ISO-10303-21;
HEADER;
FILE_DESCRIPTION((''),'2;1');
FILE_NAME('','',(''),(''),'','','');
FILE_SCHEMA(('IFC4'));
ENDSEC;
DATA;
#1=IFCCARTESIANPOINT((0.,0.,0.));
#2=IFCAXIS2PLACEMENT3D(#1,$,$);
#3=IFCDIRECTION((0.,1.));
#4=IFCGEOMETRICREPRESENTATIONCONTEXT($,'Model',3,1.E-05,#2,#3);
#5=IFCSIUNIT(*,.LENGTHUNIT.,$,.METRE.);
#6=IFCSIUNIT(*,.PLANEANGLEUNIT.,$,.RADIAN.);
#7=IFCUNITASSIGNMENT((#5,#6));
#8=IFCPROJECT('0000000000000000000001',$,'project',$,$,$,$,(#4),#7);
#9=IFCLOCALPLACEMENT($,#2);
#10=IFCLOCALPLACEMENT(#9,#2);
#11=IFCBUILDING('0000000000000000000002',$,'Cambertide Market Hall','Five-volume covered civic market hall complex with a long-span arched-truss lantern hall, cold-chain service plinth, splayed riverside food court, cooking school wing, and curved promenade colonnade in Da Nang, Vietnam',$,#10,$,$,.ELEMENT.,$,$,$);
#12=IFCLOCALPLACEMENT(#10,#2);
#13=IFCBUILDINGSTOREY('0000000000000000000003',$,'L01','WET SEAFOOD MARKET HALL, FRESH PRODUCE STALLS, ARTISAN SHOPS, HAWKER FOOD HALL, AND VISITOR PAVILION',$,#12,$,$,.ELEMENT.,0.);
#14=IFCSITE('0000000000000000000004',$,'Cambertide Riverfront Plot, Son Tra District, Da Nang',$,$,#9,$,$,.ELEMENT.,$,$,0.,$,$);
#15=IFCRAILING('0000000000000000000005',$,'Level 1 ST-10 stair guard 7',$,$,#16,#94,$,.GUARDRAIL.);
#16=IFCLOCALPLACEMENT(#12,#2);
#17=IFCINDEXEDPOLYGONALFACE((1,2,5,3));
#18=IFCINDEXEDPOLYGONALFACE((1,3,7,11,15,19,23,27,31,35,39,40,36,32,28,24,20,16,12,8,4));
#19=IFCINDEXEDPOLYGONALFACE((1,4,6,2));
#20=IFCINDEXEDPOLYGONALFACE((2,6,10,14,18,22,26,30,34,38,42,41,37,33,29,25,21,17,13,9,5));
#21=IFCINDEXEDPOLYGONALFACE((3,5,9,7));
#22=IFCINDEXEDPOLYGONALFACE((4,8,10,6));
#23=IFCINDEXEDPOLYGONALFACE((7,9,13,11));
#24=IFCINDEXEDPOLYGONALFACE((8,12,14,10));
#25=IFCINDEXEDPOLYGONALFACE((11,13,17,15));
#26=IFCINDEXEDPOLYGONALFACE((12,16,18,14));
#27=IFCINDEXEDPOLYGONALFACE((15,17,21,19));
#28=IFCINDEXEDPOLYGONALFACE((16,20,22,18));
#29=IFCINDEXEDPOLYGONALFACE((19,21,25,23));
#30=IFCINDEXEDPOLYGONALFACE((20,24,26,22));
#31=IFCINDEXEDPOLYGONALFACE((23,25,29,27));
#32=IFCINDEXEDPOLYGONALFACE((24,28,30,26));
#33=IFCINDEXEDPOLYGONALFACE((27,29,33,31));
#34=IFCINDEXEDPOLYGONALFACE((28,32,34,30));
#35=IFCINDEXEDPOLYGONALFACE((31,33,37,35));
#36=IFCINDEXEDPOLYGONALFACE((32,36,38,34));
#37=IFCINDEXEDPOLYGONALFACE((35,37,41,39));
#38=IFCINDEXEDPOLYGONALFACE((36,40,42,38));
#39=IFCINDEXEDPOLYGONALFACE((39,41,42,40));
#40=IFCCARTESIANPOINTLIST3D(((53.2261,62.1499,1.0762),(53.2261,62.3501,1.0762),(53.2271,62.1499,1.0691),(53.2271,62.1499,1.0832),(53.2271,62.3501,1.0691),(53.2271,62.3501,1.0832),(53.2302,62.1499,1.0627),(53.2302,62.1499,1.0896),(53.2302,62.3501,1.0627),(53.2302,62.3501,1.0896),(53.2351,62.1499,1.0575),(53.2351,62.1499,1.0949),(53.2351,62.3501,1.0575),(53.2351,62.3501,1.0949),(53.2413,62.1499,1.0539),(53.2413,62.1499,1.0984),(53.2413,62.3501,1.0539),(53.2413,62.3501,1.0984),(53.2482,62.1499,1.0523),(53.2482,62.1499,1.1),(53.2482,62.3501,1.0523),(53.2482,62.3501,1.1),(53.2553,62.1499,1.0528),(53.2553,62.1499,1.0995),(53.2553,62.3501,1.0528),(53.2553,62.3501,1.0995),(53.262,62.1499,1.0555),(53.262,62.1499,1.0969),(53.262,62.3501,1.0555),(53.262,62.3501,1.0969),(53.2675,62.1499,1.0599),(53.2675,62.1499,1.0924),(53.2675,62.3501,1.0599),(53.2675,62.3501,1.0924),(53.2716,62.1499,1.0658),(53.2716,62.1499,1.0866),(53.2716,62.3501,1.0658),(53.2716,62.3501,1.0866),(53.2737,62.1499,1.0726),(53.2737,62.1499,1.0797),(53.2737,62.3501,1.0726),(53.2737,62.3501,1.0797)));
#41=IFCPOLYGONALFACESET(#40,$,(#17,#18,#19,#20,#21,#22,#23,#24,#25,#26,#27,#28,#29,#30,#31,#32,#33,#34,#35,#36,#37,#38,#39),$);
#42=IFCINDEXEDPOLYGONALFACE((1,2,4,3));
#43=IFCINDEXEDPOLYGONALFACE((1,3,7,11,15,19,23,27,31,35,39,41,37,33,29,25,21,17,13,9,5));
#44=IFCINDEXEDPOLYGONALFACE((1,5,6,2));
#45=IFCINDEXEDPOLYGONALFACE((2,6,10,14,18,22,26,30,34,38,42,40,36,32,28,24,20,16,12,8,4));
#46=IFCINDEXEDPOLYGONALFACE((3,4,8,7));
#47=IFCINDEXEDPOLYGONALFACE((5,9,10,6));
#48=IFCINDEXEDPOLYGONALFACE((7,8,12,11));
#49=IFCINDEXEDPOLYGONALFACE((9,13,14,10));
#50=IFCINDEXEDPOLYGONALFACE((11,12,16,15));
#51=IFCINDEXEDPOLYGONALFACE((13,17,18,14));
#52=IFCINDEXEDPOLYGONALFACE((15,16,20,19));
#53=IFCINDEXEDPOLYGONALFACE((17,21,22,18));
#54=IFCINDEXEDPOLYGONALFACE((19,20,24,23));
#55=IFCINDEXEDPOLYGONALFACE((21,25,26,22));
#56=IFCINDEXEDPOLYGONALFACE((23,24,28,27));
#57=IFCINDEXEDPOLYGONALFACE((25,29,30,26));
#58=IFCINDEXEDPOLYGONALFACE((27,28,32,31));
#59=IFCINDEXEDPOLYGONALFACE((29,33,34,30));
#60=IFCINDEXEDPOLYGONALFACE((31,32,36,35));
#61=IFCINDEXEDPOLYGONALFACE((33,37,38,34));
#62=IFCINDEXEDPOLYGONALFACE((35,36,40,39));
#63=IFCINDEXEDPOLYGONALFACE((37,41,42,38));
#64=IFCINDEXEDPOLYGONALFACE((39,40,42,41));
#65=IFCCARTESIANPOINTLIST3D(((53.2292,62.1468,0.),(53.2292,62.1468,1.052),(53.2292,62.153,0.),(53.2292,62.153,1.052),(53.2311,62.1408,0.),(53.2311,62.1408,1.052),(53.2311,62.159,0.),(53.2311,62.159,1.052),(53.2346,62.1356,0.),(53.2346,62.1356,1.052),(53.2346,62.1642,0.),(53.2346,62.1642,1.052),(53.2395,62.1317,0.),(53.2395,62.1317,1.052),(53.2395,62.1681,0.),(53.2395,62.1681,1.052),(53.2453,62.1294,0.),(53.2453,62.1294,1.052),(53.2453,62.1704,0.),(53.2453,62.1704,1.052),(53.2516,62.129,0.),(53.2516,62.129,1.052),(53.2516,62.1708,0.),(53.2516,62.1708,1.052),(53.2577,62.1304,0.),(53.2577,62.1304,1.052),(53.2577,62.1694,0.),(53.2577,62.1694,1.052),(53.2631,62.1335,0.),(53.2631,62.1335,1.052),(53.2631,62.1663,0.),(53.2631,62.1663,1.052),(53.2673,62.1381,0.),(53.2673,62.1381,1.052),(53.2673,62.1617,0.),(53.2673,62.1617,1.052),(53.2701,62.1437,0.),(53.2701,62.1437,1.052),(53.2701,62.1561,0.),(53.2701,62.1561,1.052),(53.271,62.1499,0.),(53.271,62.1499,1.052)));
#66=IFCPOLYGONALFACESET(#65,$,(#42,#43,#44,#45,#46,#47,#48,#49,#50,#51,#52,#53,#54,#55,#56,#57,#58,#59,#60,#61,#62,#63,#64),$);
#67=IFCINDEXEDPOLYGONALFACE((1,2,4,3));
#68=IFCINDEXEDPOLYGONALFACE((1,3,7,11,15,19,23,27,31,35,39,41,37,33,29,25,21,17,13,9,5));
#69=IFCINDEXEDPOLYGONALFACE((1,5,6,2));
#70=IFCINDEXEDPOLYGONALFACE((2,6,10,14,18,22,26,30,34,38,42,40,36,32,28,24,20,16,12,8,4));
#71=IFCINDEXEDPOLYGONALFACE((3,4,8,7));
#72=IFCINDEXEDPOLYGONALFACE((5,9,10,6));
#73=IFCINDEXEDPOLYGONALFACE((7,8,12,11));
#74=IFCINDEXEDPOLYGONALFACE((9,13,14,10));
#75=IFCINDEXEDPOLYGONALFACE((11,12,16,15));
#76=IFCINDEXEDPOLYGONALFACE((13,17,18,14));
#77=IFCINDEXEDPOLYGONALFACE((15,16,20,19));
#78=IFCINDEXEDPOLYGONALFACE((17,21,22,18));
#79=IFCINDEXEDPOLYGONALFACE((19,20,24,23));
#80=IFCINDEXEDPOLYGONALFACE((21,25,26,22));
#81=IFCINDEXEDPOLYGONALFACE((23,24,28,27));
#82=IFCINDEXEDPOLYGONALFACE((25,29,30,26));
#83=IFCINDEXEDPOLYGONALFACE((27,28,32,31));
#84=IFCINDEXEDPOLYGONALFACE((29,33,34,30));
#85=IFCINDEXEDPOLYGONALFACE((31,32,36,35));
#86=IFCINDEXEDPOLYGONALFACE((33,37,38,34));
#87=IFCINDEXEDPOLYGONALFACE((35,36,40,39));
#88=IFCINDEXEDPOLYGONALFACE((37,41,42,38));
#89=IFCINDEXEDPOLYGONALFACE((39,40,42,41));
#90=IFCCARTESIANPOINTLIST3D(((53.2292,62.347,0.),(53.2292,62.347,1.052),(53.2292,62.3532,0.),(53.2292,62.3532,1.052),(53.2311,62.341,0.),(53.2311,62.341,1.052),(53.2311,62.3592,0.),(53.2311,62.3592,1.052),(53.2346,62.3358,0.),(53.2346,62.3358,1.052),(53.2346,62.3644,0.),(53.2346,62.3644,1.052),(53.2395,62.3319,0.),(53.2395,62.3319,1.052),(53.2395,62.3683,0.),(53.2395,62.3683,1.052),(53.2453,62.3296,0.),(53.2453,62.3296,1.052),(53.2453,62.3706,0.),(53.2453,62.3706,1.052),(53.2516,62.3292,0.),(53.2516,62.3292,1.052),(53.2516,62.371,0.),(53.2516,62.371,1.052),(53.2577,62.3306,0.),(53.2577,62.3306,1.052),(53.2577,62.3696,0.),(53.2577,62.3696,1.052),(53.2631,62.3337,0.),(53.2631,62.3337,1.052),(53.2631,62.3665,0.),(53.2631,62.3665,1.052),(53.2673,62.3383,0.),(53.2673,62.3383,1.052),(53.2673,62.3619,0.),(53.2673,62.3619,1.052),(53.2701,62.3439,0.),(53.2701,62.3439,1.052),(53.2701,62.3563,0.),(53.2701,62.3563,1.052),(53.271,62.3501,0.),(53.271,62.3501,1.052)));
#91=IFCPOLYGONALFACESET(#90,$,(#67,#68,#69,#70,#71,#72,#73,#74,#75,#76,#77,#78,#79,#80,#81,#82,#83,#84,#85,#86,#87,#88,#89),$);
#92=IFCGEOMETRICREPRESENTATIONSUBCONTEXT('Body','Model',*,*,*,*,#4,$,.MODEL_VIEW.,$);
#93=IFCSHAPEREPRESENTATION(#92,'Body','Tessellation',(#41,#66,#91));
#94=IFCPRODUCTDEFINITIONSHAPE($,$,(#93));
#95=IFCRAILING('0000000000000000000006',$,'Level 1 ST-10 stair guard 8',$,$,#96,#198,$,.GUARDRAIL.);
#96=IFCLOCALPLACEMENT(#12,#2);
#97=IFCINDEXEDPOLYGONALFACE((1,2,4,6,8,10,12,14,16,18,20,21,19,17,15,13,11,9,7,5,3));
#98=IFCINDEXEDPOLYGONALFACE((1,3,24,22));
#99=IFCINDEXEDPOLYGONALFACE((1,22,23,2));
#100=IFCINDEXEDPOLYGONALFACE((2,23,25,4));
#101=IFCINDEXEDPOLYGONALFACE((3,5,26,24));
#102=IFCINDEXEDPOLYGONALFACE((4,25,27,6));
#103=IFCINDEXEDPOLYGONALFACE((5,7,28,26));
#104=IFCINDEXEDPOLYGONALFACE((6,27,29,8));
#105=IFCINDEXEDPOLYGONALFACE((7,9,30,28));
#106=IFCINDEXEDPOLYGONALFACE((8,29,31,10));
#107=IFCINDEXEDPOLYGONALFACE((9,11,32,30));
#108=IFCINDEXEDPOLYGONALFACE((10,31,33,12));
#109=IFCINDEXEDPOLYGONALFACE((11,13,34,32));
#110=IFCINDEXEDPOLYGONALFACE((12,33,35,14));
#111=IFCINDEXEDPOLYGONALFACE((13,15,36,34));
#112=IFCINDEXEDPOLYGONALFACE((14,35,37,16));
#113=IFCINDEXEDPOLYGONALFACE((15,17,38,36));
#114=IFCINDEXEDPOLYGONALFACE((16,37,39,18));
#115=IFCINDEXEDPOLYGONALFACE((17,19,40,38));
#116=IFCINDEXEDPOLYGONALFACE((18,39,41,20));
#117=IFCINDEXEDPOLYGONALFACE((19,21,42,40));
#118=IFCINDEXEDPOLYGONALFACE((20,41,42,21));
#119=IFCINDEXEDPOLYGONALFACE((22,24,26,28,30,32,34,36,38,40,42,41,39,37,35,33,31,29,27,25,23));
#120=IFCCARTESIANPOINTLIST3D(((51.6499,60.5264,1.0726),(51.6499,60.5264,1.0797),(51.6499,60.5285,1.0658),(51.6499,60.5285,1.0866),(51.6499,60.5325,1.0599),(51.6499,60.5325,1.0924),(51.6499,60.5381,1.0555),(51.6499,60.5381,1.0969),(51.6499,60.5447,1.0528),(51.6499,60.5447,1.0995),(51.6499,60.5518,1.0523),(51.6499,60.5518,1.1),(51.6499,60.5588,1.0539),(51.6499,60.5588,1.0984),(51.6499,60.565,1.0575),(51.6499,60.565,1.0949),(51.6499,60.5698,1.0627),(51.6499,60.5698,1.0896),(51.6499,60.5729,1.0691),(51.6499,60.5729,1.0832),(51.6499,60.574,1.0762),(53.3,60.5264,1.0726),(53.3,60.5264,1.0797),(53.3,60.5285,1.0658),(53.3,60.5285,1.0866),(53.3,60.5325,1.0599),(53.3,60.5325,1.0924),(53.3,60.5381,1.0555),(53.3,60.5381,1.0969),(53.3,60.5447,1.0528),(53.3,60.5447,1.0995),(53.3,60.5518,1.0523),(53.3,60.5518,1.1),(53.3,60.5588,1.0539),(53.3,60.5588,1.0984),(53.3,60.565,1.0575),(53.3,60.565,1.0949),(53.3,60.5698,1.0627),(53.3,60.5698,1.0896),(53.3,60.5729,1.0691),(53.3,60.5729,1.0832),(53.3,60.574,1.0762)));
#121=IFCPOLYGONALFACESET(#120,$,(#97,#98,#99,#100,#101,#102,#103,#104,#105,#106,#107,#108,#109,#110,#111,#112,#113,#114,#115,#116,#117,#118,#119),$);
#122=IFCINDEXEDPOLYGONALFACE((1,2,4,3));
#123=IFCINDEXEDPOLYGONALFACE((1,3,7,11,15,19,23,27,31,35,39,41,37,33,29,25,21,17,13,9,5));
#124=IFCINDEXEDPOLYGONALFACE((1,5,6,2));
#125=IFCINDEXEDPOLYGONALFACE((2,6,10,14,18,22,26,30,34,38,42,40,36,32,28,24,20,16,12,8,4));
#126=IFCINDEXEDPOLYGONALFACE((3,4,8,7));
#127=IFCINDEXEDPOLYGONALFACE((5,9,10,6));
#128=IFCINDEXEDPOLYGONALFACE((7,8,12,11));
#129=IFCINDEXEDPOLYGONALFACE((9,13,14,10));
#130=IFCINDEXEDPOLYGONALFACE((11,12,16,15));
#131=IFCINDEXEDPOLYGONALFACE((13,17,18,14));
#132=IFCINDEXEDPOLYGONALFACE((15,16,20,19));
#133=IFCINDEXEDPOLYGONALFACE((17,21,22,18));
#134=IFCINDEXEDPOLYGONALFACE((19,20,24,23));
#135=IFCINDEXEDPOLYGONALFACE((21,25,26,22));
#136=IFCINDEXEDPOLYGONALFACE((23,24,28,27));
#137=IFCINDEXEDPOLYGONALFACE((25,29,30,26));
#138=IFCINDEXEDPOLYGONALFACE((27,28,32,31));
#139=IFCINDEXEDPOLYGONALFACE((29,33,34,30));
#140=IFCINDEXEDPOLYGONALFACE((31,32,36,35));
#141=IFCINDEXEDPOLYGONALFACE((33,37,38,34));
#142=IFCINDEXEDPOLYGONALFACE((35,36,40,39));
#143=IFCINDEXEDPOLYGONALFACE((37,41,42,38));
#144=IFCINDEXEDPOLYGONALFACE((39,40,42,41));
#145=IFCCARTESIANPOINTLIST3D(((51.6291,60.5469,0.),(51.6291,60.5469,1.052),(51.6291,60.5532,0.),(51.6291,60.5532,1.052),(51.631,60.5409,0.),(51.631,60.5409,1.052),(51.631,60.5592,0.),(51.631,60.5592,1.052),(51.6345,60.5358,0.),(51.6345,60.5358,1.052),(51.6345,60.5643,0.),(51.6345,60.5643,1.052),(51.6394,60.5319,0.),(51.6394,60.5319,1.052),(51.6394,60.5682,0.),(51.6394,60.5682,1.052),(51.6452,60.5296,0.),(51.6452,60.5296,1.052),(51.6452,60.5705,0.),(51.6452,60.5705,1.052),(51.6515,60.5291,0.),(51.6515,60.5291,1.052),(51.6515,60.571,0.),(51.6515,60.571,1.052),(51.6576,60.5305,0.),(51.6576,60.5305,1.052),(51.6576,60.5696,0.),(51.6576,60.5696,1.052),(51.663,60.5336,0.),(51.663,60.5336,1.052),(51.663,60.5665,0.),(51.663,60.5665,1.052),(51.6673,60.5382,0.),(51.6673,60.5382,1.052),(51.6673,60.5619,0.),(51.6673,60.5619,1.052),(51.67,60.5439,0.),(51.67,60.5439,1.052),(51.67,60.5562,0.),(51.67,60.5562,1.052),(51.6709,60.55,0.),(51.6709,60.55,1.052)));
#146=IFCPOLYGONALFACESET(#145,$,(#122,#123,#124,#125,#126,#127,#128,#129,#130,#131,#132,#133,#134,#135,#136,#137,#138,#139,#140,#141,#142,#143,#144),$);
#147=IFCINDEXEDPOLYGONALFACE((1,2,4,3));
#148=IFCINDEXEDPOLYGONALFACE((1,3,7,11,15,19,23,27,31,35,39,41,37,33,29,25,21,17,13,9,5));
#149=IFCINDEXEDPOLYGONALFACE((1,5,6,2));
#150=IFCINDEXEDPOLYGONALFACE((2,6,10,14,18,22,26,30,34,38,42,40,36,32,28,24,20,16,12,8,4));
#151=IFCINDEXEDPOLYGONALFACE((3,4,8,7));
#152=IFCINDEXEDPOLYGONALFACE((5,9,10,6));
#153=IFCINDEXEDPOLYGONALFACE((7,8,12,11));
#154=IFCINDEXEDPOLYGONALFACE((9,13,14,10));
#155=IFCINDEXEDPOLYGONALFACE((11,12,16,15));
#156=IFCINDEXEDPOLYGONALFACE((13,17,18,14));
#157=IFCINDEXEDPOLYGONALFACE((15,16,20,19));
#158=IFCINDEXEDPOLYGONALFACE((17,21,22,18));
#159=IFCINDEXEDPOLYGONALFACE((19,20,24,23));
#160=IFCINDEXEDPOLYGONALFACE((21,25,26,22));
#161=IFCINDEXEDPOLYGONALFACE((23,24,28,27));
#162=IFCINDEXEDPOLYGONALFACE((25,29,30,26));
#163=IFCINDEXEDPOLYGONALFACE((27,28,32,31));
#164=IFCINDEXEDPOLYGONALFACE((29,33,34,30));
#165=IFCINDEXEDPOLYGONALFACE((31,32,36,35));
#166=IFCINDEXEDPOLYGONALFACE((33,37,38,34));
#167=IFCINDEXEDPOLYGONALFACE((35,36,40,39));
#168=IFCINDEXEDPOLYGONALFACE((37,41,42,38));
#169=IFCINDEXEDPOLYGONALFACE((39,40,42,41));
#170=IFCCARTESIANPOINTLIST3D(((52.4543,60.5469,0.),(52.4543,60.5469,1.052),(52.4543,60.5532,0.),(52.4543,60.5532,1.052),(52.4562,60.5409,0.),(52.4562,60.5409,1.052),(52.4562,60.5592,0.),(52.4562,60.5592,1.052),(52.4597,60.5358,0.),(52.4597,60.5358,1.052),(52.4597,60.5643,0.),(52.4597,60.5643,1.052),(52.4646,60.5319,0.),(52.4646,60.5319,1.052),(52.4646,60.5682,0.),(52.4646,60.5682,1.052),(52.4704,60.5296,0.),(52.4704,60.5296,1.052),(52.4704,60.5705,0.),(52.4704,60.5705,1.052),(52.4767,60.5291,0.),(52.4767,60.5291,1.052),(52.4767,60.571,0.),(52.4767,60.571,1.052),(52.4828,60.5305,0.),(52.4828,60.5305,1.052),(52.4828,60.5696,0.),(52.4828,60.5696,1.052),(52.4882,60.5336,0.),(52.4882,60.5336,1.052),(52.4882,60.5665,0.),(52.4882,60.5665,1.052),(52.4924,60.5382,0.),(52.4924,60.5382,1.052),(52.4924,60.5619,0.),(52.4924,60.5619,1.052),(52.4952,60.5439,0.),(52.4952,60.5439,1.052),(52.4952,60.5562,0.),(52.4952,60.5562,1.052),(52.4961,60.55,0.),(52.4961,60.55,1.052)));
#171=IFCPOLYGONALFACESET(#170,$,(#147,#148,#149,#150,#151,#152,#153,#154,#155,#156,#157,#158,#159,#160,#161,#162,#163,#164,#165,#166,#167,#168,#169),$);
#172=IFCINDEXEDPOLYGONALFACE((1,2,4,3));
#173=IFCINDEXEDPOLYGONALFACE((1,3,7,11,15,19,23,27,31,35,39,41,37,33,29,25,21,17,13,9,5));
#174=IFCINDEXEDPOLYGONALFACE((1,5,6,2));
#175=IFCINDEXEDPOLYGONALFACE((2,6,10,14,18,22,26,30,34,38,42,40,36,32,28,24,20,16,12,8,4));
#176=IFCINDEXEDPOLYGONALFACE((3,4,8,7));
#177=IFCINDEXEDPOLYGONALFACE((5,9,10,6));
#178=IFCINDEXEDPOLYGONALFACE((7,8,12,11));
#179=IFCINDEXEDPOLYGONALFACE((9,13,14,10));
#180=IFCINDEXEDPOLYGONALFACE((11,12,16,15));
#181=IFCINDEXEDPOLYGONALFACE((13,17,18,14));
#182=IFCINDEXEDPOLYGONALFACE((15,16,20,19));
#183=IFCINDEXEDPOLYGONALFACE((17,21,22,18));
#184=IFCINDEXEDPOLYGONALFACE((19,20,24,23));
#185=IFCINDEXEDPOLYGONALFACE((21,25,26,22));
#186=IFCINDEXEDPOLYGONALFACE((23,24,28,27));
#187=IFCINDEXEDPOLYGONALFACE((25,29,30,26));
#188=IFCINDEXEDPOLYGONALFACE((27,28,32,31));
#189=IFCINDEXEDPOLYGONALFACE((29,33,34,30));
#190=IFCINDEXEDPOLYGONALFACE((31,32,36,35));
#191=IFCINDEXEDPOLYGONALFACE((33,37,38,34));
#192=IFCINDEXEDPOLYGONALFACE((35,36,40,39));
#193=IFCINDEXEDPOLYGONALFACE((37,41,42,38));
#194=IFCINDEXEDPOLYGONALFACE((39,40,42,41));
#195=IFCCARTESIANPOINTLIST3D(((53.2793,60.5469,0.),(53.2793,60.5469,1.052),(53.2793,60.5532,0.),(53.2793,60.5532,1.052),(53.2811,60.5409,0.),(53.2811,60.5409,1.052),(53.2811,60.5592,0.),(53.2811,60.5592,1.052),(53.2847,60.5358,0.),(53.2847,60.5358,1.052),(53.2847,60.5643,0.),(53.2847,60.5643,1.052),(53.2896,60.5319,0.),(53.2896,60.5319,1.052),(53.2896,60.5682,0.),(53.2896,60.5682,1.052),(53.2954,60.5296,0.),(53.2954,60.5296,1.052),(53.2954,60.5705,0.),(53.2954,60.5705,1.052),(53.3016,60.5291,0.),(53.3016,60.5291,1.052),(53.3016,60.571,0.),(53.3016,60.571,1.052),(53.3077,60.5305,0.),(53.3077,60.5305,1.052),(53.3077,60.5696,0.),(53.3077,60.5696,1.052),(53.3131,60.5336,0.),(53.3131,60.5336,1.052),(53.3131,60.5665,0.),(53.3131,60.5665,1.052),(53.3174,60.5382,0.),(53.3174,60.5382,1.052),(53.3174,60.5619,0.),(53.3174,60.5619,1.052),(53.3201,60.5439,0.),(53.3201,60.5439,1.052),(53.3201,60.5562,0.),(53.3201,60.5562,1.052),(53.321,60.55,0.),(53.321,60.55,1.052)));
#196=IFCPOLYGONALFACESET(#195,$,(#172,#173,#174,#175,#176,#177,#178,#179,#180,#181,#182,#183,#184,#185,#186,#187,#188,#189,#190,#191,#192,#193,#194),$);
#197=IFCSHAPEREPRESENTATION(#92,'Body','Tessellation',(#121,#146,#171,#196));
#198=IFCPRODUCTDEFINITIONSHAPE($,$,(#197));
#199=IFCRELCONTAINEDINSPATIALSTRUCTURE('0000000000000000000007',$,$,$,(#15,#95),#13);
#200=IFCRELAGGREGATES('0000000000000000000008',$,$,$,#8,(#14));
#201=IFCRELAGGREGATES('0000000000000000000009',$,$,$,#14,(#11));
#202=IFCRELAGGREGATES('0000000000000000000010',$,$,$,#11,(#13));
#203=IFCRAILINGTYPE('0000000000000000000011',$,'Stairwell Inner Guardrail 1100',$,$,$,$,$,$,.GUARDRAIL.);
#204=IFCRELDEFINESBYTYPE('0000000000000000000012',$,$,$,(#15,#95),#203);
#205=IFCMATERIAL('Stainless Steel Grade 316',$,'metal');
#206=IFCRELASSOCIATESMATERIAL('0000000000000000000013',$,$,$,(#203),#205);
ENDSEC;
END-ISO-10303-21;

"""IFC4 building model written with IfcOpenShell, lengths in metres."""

from ifc_helpers import new_model, si_unit, direction, frame, origin, origin_2d, place, context, subcontext, project, spatial, circle, extrude, material, type_object, element, save


model = new_model("IFC4")

# Units and contexts
model_context = context("Model", 3, precision=1e-05, world=origin(), true_north=direction((0.0, 1.0)))
body_context = subcontext(model_context, "Body", "Model", "MODEL_VIEW")
ifc_project = project(units=[si_unit("LENGTHUNIT", "METRE"), si_unit("PLANEANGLEUNIT", "RADIAN")], contexts=[model_context])

# Site, building, storey
site_placement = place(None, origin())
site = spatial("IfcSite", under=ifc_project, at=site_placement, Name="Cambertide Riverfront Plot, Son Tra District, Da Nang", CompositionType="ELEMENT", RefElevation=0.0)
building_placement = place(site_placement, origin())
building = spatial("IfcBuilding", under=site, at=building_placement, Name="Cambertide Market Hall", Description="Five-volume covered civic market hall complex with a long-span arched-truss lantern hall, cold-chain service plinth, splayed riverside food court, cooking school wing, and curved promenade colonnade in Da Nang, Vietnam", CompositionType="ELEMENT")
storey_placement = place(building_placement, origin())
storey = spatial("IfcBuildingStorey", under=building, at=storey_placement, Name="L01", Description="WET SEAFOOD MARKET HALL, FRESH PRODUCE STALLS, ARTISAN SHOPS, HAWKER FOOD HALL, AND VISITOR PAVILION", CompositionType="ELEMENT", Elevation=0.0)

# Railings
ifc_material_1 = material(Name="Stainless Steel Grade 316", Category="metal")
railing_type_1 = type_object("IfcRailingType", Name="Stairwell Inner Guardrail 1100", PredefinedType="GUARDRAIL", material=ifc_material_1)
railing_1_placement = place(storey_placement, frame((53.25, 62.1499, 0.0)))
element("IfcRailing", 1, at=railing_1_placement, inside=storey, type_object=railing_type_1, Name="Level 1 ST-10 stair guard 7", PredefinedType="GUARDRAIL", context=body_context, shape_type="SweptSolid", body=[
    extrude(circle(Radius=0.0239, at=origin_2d()), frame((0.0, 0.0, 1.0762), z_axis=(0.0, 1.0, 0.0), x_axis=(-1.0, 0.0, 0.0)), (0.0, 0.0, 1.0), 0.2002),
    extrude(circle(Radius=0.021, at=origin_2d()), origin(), (0.0, 0.0, 1.0), 1.052),
    extrude(circle(Radius=0.021, at=origin_2d()), frame((0.0, 0.2002, 0.0)), (0.0, 0.0, 1.0), 1.052),
])
for number, where, name in (
    (2, (51.6499, 60.55, 0.0), "Level 1 ST-10 stair guard 8"),
):
    element("IfcRailing", number, at=place(storey_placement, frame(where)), inside=storey, type_object=railing_type_1, Name=name, PredefinedType="GUARDRAIL", context=body_context, shape_type="SweptSolid", body=[
        extrude(circle(Radius=0.0239, at=origin_2d()), frame((0.0, 0.0, 1.0762), z_axis=(1.0, 0.0, 0.0), x_axis=(0.0, 1.0, 0.0)), (0.0, 0.0, 1.0), 1.6501),
        extrude(circle(Radius=0.021, at=origin_2d()), origin(), (0.0, 0.0, 1.0), 1.052),
        extrude(circle(Radius=0.021, at=origin_2d()), frame((0.8252, 0.0, 0.0)), (0.0, 0.0, 1.0), 1.052),
        extrude(circle(Radius=0.021, at=origin_2d()), frame((1.6501, 0.0, 0.0)), (0.0, 0.0, 1.0), 1.052),
    ])

save(model, "model.ifc")
